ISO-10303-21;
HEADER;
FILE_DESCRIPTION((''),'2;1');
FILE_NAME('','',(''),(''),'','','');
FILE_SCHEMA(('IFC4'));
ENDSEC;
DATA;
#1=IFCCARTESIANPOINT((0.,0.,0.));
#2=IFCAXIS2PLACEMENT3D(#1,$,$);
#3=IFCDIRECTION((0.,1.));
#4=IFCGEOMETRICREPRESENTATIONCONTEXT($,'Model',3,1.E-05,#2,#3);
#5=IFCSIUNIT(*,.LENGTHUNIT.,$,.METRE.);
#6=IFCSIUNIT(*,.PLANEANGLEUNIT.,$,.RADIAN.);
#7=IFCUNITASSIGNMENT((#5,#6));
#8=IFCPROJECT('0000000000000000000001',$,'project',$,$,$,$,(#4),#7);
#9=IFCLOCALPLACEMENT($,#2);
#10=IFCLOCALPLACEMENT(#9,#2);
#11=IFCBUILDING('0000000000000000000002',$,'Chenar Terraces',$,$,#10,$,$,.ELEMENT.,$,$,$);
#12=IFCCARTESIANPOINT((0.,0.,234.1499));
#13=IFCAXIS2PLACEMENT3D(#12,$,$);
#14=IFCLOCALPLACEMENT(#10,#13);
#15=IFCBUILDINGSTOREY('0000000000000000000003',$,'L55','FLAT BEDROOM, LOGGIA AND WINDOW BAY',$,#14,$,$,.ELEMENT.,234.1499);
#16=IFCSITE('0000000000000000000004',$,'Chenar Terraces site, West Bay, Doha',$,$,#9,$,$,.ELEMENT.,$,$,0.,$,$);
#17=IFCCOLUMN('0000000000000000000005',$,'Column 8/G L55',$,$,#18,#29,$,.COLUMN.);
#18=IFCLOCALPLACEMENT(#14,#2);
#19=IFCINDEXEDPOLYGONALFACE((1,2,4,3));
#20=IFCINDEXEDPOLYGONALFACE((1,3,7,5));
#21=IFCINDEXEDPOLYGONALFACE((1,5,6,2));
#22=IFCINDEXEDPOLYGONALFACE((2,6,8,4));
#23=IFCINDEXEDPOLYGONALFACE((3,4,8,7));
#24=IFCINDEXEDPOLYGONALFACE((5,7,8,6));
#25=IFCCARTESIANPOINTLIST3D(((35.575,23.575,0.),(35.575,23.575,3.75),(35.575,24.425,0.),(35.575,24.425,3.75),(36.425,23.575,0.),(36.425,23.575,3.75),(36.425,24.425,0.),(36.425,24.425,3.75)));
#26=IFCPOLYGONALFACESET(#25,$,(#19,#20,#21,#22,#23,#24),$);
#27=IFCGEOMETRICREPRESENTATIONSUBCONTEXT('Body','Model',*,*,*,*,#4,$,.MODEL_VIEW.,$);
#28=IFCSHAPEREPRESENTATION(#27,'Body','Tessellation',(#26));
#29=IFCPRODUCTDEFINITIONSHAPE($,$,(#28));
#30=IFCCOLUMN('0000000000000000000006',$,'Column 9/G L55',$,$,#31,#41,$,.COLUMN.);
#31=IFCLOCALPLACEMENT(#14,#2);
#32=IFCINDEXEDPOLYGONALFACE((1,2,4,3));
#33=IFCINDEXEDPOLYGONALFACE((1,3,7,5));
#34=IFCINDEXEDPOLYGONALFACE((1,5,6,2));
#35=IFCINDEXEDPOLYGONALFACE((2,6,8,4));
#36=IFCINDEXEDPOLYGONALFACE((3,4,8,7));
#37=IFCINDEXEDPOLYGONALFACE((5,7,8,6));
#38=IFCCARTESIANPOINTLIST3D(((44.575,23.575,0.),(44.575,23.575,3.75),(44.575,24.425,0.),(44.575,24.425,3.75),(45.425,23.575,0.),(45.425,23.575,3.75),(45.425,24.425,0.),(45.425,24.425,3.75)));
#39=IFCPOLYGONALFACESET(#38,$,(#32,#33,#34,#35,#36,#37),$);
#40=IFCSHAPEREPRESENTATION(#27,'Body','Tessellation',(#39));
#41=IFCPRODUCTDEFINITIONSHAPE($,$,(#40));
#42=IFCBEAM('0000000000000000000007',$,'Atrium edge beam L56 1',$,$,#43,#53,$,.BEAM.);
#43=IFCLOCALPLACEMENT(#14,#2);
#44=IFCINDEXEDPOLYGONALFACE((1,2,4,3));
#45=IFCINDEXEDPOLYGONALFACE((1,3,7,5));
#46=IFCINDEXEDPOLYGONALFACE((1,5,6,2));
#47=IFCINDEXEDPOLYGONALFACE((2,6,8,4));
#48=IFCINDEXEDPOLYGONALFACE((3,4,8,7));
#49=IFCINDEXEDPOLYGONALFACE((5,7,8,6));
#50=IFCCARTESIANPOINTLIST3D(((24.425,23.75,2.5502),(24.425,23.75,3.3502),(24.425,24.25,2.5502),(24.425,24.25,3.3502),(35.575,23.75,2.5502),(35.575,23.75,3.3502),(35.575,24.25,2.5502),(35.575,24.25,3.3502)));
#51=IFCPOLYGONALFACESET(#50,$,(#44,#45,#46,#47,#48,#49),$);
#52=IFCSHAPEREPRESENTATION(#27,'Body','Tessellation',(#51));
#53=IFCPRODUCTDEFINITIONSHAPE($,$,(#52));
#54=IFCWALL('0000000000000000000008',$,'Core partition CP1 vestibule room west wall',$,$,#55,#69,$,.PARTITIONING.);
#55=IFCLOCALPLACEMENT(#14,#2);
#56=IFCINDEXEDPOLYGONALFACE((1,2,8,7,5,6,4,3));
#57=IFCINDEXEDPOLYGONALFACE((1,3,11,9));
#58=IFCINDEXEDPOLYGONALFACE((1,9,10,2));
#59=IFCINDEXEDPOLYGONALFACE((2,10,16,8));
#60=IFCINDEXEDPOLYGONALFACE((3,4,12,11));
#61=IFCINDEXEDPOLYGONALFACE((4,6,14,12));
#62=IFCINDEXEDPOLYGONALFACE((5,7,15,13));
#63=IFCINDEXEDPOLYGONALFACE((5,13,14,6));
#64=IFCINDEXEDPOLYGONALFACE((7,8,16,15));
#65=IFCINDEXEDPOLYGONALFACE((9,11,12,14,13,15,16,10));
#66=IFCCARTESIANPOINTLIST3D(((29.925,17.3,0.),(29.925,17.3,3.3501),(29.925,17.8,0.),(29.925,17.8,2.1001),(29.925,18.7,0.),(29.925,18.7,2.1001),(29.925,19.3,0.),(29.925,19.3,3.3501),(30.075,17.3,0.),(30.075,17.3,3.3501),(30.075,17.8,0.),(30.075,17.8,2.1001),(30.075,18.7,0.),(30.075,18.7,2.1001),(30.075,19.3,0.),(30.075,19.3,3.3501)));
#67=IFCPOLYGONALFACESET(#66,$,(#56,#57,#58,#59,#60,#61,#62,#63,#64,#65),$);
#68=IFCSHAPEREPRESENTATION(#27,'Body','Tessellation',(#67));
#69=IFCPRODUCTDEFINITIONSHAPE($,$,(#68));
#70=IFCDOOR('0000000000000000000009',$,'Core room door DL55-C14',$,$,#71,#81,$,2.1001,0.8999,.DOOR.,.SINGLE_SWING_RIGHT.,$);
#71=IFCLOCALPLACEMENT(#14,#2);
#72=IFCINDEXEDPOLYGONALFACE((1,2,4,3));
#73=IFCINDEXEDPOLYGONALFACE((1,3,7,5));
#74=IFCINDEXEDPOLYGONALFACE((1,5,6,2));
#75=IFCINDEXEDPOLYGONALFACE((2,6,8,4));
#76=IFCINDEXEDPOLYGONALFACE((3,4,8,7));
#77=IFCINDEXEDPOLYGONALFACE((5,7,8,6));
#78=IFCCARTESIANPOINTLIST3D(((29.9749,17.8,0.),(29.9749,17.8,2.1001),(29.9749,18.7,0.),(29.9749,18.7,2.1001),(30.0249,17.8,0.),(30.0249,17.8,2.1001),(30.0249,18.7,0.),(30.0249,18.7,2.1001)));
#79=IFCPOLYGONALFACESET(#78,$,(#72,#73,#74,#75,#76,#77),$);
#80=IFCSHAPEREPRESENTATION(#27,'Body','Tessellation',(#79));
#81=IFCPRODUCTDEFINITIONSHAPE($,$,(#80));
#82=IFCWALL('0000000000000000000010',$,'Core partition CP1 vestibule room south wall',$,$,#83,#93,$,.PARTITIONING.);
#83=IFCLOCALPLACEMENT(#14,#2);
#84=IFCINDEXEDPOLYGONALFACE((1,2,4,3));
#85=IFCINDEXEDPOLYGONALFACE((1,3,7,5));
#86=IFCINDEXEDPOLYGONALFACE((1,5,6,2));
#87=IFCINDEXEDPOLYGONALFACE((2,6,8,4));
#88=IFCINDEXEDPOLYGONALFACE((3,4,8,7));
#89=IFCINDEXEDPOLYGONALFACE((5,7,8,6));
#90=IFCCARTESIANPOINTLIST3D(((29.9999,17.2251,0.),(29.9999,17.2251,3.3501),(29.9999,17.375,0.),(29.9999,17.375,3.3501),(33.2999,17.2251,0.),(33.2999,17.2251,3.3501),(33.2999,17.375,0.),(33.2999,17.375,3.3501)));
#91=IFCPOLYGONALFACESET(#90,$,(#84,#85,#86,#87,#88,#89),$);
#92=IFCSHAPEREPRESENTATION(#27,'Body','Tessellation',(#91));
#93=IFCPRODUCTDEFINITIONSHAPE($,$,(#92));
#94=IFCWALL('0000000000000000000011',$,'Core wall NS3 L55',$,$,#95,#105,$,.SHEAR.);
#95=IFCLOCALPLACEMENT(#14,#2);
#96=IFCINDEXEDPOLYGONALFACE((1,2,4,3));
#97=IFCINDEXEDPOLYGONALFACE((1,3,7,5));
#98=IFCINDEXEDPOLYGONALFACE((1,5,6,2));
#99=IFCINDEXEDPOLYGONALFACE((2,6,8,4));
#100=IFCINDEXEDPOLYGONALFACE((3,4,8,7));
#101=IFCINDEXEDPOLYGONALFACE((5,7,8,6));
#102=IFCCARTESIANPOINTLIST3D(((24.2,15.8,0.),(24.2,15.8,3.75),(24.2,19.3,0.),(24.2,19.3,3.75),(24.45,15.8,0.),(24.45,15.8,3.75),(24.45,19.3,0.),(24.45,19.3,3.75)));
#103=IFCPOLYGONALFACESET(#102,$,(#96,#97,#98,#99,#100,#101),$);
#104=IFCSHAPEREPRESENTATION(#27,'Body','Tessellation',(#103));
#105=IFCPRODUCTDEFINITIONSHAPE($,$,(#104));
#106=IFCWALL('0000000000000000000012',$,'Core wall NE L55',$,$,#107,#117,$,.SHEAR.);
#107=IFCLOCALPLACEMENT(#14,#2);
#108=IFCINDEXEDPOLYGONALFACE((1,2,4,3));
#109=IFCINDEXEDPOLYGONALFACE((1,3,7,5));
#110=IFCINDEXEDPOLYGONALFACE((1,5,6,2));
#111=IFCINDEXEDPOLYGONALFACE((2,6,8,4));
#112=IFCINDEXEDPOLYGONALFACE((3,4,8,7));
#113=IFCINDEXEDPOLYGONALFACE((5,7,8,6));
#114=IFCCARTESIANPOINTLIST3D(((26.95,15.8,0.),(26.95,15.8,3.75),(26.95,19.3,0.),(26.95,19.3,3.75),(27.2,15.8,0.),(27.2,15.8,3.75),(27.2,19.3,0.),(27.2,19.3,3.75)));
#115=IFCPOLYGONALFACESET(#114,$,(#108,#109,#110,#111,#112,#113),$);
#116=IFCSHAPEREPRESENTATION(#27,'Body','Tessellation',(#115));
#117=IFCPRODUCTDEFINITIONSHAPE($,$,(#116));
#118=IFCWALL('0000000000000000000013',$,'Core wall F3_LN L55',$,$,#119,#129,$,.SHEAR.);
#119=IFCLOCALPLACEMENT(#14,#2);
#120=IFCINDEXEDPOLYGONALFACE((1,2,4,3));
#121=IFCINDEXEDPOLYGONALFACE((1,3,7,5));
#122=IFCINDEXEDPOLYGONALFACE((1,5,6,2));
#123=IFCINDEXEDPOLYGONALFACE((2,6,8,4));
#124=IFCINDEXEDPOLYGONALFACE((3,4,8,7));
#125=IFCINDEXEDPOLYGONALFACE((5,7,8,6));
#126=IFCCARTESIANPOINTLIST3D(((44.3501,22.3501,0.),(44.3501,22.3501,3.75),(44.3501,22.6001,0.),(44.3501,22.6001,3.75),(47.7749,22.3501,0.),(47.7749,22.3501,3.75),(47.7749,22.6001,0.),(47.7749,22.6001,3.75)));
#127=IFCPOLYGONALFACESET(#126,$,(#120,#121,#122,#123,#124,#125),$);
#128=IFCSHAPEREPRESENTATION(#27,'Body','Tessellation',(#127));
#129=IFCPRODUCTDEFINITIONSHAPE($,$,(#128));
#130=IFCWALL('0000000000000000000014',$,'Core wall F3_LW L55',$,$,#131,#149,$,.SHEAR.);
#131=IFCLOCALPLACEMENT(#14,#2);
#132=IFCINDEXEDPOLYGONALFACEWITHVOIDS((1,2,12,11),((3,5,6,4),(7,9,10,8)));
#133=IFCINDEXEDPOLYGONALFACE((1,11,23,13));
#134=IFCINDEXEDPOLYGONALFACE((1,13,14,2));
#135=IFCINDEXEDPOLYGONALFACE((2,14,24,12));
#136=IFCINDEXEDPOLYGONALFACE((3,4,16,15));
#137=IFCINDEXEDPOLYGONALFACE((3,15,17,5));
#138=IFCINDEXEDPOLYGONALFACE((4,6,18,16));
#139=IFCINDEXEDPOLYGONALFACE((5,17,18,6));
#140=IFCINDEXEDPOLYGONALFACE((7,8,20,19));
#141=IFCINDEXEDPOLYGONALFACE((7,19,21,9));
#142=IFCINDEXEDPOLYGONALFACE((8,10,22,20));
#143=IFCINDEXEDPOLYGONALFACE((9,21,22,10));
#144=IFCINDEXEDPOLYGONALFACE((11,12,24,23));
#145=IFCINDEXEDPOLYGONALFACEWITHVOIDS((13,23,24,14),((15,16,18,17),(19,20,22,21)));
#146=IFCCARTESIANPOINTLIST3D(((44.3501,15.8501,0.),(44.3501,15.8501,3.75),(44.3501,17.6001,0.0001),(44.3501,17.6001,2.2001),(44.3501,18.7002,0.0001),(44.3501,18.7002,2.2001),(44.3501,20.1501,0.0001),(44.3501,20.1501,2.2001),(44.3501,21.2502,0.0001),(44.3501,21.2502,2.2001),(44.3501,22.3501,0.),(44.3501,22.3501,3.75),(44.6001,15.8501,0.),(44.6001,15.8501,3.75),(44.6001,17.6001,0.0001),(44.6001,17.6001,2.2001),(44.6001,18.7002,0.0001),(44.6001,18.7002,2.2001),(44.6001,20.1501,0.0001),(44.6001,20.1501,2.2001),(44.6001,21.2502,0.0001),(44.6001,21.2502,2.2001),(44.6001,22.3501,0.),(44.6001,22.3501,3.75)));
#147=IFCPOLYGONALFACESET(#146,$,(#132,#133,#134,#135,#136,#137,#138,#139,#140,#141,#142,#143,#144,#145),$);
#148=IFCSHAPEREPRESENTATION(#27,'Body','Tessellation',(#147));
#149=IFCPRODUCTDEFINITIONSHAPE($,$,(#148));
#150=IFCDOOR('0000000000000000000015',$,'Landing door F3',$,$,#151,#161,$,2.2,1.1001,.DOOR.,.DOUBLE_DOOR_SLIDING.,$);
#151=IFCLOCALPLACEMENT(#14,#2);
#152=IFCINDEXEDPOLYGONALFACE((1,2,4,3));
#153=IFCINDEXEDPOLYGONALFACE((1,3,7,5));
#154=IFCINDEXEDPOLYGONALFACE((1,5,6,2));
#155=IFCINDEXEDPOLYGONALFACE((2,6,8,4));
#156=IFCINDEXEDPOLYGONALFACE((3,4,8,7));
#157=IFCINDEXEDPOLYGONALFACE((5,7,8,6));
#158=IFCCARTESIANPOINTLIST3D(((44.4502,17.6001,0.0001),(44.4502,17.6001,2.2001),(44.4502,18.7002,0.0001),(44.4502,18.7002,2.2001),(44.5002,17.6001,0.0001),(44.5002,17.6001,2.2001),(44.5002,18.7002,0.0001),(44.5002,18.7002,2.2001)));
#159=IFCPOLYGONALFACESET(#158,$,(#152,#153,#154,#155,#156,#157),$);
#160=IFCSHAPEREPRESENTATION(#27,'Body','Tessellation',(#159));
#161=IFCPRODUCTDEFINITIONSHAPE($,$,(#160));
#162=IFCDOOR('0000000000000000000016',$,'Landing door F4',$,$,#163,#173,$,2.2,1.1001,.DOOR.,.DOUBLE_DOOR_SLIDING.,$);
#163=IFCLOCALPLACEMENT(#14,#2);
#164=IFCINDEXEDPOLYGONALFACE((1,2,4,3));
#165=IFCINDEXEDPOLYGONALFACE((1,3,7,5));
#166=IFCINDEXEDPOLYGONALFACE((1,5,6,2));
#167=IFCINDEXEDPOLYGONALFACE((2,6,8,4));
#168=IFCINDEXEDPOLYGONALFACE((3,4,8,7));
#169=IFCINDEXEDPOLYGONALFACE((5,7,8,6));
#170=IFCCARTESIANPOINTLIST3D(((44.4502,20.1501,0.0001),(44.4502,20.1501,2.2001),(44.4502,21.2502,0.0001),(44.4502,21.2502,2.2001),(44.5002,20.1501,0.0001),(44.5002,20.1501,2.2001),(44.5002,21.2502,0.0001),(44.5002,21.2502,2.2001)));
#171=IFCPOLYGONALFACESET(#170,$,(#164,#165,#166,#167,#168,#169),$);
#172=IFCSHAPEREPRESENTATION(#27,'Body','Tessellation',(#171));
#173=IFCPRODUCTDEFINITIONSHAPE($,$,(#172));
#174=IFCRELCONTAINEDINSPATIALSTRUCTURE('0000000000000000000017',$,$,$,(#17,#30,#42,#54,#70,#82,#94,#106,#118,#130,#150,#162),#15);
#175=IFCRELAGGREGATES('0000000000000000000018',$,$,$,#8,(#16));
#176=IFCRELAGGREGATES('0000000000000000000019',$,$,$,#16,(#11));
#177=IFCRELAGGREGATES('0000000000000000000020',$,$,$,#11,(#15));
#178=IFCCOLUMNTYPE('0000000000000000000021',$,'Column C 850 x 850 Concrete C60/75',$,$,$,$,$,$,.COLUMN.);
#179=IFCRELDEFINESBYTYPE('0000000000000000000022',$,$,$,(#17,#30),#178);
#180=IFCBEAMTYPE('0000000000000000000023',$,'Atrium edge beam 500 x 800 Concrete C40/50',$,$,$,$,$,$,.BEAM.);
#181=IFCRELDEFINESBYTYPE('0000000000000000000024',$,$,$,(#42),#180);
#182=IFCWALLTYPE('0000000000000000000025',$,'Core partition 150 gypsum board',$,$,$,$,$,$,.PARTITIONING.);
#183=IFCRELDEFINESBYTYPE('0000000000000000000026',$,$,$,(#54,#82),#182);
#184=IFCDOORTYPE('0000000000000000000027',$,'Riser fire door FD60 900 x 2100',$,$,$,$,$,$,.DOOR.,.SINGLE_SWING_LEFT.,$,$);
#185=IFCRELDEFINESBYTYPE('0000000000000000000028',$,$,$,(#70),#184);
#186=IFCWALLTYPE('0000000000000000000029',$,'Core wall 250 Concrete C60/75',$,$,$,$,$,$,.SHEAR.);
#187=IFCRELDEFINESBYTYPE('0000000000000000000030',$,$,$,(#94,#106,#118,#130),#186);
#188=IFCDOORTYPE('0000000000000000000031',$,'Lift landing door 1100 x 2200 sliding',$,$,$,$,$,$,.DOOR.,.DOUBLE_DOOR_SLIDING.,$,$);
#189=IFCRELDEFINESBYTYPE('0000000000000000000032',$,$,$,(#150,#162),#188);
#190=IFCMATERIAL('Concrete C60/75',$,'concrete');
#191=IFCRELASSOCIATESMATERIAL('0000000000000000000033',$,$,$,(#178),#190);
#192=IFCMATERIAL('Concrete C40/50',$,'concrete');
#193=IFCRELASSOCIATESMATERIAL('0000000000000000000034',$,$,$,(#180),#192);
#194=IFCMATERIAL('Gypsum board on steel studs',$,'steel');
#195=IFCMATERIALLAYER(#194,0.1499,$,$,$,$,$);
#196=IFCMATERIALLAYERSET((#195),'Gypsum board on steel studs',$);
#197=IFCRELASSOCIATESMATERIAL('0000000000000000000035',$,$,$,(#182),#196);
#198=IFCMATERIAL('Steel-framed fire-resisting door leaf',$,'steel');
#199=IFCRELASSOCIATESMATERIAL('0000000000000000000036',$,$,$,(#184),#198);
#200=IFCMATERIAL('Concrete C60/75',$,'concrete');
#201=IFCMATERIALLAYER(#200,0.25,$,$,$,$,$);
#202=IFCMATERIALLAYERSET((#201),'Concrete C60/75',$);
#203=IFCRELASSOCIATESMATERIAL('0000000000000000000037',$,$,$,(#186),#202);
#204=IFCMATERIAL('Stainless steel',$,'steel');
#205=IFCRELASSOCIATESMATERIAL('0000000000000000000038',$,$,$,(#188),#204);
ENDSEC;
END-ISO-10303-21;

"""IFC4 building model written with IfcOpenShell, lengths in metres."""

from ifc_helpers import new_model, si_unit, direction, frame, frame_2d, origin, origin_2d, place, context, subcontext, project, spatial, rectangle, extrude, material, layer, layer_set, material_profile, profile_set, type_object, element, fill, save


model = new_model("IFC4")

# Units and contexts
model_context = context("Model", 3, precision=1e-05, world=origin(), true_north=direction((0.0, 1.0)))
body_context = subcontext(model_context, "Body", "Model", "MODEL_VIEW")
ifc_project = project(units=[si_unit("LENGTHUNIT", "METRE"), si_unit("PLANEANGLEUNIT", "RADIAN")], contexts=[model_context])

# Site, building, storey
site_placement = place(None, origin())
site = spatial("IfcSite", under=ifc_project, at=site_placement, Name="Chenar Terraces site, West Bay, Doha", CompositionType="ELEMENT", RefElevation=0.0)
building_placement = place(site_placement, origin())
building = spatial("IfcBuilding", under=site, at=building_placement, Name="Chenar Terraces", CompositionType="ELEMENT")
storey_placement = place(building_placement, frame((0.0, 0.0, 234.1499)))
storey = spatial("IfcBuildingStorey", under=building, at=storey_placement, Name="L55", Description="FLAT BEDROOM, LOGGIA AND WINDOW BAY", CompositionType="ELEMENT", Elevation=234.1499)

# Columns
ifc_material_1 = material(Name="Concrete C60/75", Category="concrete")
ifc_material_profile_1 = material_profile(ifc_material_1, rectangle(XDim=0.8501, YDim=0.8501, at=origin_2d()), Name="C 850 x 850")
ifc_profile_set_1 = profile_set([ifc_material_profile_1], Name="Concrete C60/75")
column_type = type_object("IfcColumnType", Name="Column C 850 x 850 Concrete C60/75", PredefinedType="COLUMN", material=ifc_profile_set_1)
for number, where, z_axis, x_axis, name in (
    (1, (36.0, 24.0, 0.0), (0.0, 0.0, 1.0), (1.0, 0.0, 0.0), "Column 8/G L55"),
    (2, (45.0, 24.0, 0.0), (0.0, 0.0, 1.0), (1.0, 0.0, 0.0), "Column 9/G L55"),
):
    element("IfcColumn", number, at=place(storey_placement, frame(where, z_axis=z_axis, x_axis=x_axis)), inside=storey, type_object=column_type, Name=name, PredefinedType="COLUMN", context=body_context, shape_type="SweptSolid", body=[
        extrude(rectangle(XDim=0.8501, YDim=0.8501, at=origin_2d()), origin(), (0.0, 0.0, 1.0), 3.75),
    ])

# Beam
ifc_material_2 = material(Name="Concrete C40/50", Category="concrete")
ifc_material_profile_2 = material_profile(ifc_material_2, rectangle(XDim=0.5, YDim=0.8, at=origin_2d()), Name="RC 500 x 800")
ifc_profile_set_2 = profile_set([ifc_material_profile_2], Name="Concrete C40/50")
beam_type = type_object("IfcBeamType", Name="Atrium edge beam 500 x 800 Concrete C40/50", PredefinedType="BEAM", material=ifc_profile_set_2)
beam_placement = place(storey_placement, frame((24.425, 24.0, 2.9502), z_axis=(1.0, 0.0, 0.0), x_axis=(0.0, 1.0, 0.0)))
element("IfcBeam", 3, at=beam_placement, inside=storey, type_object=beam_type, Name="Atrium edge beam L56 1", PredefinedType="BEAM", context=body_context, shape_type="SweptSolid", body=[
    extrude(rectangle(XDim=0.5, YDim=0.8, at=origin_2d()), origin(), (0.0, 0.0, 1.0), 11.1499),
])

# Wall, opening, door
ifc_material_3 = material(Name="Gypsum board on steel studs", Category="steel")
ifc_layer_1 = layer(ifc_material_3, 0.1499)
ifc_layer_set_1 = layer_set([ifc_layer_1], Name="Gypsum board on steel studs")
wall_type_1 = type_object("IfcWallType", Name="Core partition 150 gypsum board", PredefinedType="PARTITIONING", material=ifc_layer_set_1)
wall_1_placement = place(storey_placement, frame((30.0, 17.3, 0.0), z_axis=(0.0, 0.0, 1.0), x_axis=(0.0, 1.0, 0.0)))
wall_1 = element("IfcWall", 4, at=wall_1_placement, inside=storey, type_object=wall_type_1, Name="Core partition CP1 vestibule room west wall", PredefinedType="PARTITIONING", context=body_context, shape_type="SweptSolid", body=[
    extrude(rectangle(XDim=2.0, YDim=0.1499, at=frame_2d((1.0, 0.0))), origin(), (0.0, 0.0, 1.0), 3.3501),
])
opening_1_placement = place(wall_1_placement, frame((0.5, 0.0, 0.0)))
opening_1 = element("IfcOpeningElement", 5, at=opening_1_placement, cuts=wall_1, PredefinedType="OPENING", context=body_context, shape_type="SweptSolid", body=[
    extrude(rectangle(XDim=0.8999, YDim=2.1001, at=frame_2d((0.45, 1.05))), frame((0.0, 0.085, 0.0), z_axis=(0.0, -1.0, 0.0), x_axis=(1.0, 0.0, 0.0)), (0.0, 0.0, 1.0), 0.1699),
])
ifc_material_4 = material(Name="Steel-framed fire-resisting door leaf", Category="steel")
door_type_1 = type_object("IfcDoorType", Name="Riser fire door FD60 900 x 2100", OperationType="SINGLE_SWING_LEFT", PredefinedType="DOOR", material=ifc_material_4)
door_1_placement = place(opening_1_placement, frame((0.8999, 0.0, 0.0), z_axis=(0.0, 0.0, 1.0), x_axis=(-1.0, 0.0, 0.0)))
door_1 = element("IfcDoor", 6, at=door_1_placement, inside=storey, type_object=door_type_1, Name="Core room door DL55-C14", OperationType="SINGLE_SWING_RIGHT", OverallHeight=2.1001, OverallWidth=0.8999, PredefinedType="DOOR", context=body_context, shape_type="SweptSolid", body=[
    extrude(rectangle(XDim=0.8999, YDim=2.1001, at=frame_2d((0.45, 1.05))), frame((0.0, 0.0249, 0.0), z_axis=(0.0, -1.0, 0.0), x_axis=(1.0, 0.0, 0.0)), (0.0, 0.0, 1.0), 0.05),
])
fill(opening_1, door_1)

# Walls
wall_2_placement = place(storey_placement, frame((30.0, 17.3, 0.0), z_axis=(0.0, 0.0, 1.0), x_axis=(1.0, 0.0, 0.0)))
element("IfcWall", 7, at=wall_2_placement, inside=storey, type_object=wall_type_1, Name="Core partition CP1 vestibule room south wall", PredefinedType="PARTITIONING", context=body_context, shape_type="SweptSolid", body=[
    extrude(rectangle(XDim=3.3, YDim=0.1499, at=frame_2d((1.6499, 0.0))), origin(), (0.0, 0.0, 1.0), 3.3501),
])
ifc_material_5 = material(Name="Concrete C60/75", Category="concrete")
ifc_layer_2 = layer(ifc_material_5, 0.25)
ifc_layer_set_2 = layer_set([ifc_layer_2], Name="Concrete C60/75")
wall_type_2 = type_object("IfcWallType", Name="Core wall 250 Concrete C60/75", PredefinedType="SHEAR", material=ifc_layer_set_2)
for number, where, z_axis, x_axis, name in (
    (8, (24.325, 15.8, 0.0), (0.0, 0.0, 1.0), (0.0, 1.0, 0.0), "Core wall NS3 L55"),
    (9, (27.075, 15.8, 0.0), (0.0, 0.0, 1.0), (0.0, 1.0, 0.0), "Core wall NE L55"),
):
    element("IfcWall", number, at=place(storey_placement, frame(where, z_axis=z_axis, x_axis=x_axis)), inside=storey, type_object=wall_type_2, Name=name, PredefinedType="SHEAR", context=body_context, shape_type="SweptSolid", body=[
        extrude(rectangle(XDim=3.5, YDim=0.25, at=frame_2d((1.75, 0.0))), origin(), (0.0, 0.0, 1.0), 3.75),
    ])
wall_3_placement = place(storey_placement, frame((44.3501, 22.4751, 0.0), z_axis=(0.0, 0.0, 1.0), x_axis=(1.0, 0.0, 0.0)))
element("IfcWall", 10, at=wall_3_placement, inside=storey, type_object=wall_type_2, Name="Core wall F3_LN L55", PredefinedType="SHEAR", context=body_context, shape_type="SweptSolid", body=[
    extrude(rectangle(XDim=3.4248, YDim=0.25, at=frame_2d((1.7124, 0.0))), origin(), (0.0, 0.0, 1.0), 3.75),
])

# Wall, openings, doors
wall_4_placement = place(storey_placement, frame((44.4751, 15.8501, 0.0), z_axis=(0.0, 0.0, 1.0), x_axis=(0.0, 1.0, 0.0)))
wall_4 = element("IfcWall", 11, at=wall_4_placement, inside=storey, type_object=wall_type_2, Name="Core wall F3_LW L55", PredefinedType="SHEAR", context=body_context, shape_type="SweptSolid", body=[
    extrude(rectangle(XDim=6.5, YDim=0.25, at=frame_2d((3.25, 0.0))), origin(), (0.0, 0.0, 1.0), 3.75),
])
opening_2_placement = place(wall_4_placement, frame((1.75, 0.0, 0.0)))
opening_2 = element("IfcOpeningElement", 12, at=opening_2_placement, cuts=wall_4, PredefinedType="OPENING", context=body_context, shape_type="SweptSolid", body=[
    extrude(rectangle(XDim=1.1001, YDim=2.2, at=frame_2d((0.55, 1.1001))), frame((0.0, 0.135, 0.0), z_axis=(0.0, -1.0, 0.0), x_axis=(1.0, 0.0, 0.0)), (0.0, 0.0, 1.0), 0.27),
])
opening_3_placement = place(wall_4_placement, frame((4.3, 0.0, 0.0)))
opening_3 = element("IfcOpeningElement", 13, at=opening_3_placement, cuts=wall_4, PredefinedType="OPENING", context=body_context, shape_type="SweptSolid", body=[
    extrude(rectangle(XDim=1.1001, YDim=2.2, at=frame_2d((0.55, 1.1001))), frame((0.0, 0.135, 0.0), z_axis=(0.0, -1.0, 0.0), x_axis=(1.0, 0.0, 0.0)), (0.0, 0.0, 1.0), 0.27),
])
ifc_material_6 = material(Name="Stainless steel", Category="steel")
door_type_2 = type_object("IfcDoorType", Name="Lift landing door 1100 x 2200 sliding", OperationType="DOUBLE_DOOR_SLIDING", PredefinedType="DOOR", material=ifc_material_6)
door_2_placement = place(opening_2_placement, origin())
door_2 = element("IfcDoor", 14, at=door_2_placement, inside=storey, type_object=door_type_2, Name="Landing door F3", OperationType="DOUBLE_DOOR_SLIDING", OverallHeight=2.2, OverallWidth=1.1001, PredefinedType="DOOR", context=body_context, shape_type="SweptSolid", body=[
    extrude(rectangle(XDim=1.1001, YDim=2.2, at=frame_2d((0.55, 1.1001))), frame((0.0, 0.0249, 0.0), z_axis=(0.0, -1.0, 0.0), x_axis=(1.0, 0.0, 0.0)), (0.0, 0.0, 1.0), 0.05),
])
fill(opening_2, door_2)
door_3_placement = place(opening_3_placement, origin())
door_3 = element("IfcDoor", 15, at=door_3_placement, inside=storey, type_object=door_type_2, Name="Landing door F4", OperationType="DOUBLE_DOOR_SLIDING", OverallHeight=2.2, OverallWidth=1.1001, PredefinedType="DOOR", context=body_context, shape_type="SweptSolid", body=[
    extrude(rectangle(XDim=1.1001, YDim=2.2, at=frame_2d((0.55, 1.1001))), frame((0.0, 0.0249, 0.0), z_axis=(0.0, -1.0, 0.0), x_axis=(1.0, 0.0, 0.0)), (0.0, 0.0, 1.0), 0.05),
])
fill(opening_3, door_3)

save(model, "model.ifc")
